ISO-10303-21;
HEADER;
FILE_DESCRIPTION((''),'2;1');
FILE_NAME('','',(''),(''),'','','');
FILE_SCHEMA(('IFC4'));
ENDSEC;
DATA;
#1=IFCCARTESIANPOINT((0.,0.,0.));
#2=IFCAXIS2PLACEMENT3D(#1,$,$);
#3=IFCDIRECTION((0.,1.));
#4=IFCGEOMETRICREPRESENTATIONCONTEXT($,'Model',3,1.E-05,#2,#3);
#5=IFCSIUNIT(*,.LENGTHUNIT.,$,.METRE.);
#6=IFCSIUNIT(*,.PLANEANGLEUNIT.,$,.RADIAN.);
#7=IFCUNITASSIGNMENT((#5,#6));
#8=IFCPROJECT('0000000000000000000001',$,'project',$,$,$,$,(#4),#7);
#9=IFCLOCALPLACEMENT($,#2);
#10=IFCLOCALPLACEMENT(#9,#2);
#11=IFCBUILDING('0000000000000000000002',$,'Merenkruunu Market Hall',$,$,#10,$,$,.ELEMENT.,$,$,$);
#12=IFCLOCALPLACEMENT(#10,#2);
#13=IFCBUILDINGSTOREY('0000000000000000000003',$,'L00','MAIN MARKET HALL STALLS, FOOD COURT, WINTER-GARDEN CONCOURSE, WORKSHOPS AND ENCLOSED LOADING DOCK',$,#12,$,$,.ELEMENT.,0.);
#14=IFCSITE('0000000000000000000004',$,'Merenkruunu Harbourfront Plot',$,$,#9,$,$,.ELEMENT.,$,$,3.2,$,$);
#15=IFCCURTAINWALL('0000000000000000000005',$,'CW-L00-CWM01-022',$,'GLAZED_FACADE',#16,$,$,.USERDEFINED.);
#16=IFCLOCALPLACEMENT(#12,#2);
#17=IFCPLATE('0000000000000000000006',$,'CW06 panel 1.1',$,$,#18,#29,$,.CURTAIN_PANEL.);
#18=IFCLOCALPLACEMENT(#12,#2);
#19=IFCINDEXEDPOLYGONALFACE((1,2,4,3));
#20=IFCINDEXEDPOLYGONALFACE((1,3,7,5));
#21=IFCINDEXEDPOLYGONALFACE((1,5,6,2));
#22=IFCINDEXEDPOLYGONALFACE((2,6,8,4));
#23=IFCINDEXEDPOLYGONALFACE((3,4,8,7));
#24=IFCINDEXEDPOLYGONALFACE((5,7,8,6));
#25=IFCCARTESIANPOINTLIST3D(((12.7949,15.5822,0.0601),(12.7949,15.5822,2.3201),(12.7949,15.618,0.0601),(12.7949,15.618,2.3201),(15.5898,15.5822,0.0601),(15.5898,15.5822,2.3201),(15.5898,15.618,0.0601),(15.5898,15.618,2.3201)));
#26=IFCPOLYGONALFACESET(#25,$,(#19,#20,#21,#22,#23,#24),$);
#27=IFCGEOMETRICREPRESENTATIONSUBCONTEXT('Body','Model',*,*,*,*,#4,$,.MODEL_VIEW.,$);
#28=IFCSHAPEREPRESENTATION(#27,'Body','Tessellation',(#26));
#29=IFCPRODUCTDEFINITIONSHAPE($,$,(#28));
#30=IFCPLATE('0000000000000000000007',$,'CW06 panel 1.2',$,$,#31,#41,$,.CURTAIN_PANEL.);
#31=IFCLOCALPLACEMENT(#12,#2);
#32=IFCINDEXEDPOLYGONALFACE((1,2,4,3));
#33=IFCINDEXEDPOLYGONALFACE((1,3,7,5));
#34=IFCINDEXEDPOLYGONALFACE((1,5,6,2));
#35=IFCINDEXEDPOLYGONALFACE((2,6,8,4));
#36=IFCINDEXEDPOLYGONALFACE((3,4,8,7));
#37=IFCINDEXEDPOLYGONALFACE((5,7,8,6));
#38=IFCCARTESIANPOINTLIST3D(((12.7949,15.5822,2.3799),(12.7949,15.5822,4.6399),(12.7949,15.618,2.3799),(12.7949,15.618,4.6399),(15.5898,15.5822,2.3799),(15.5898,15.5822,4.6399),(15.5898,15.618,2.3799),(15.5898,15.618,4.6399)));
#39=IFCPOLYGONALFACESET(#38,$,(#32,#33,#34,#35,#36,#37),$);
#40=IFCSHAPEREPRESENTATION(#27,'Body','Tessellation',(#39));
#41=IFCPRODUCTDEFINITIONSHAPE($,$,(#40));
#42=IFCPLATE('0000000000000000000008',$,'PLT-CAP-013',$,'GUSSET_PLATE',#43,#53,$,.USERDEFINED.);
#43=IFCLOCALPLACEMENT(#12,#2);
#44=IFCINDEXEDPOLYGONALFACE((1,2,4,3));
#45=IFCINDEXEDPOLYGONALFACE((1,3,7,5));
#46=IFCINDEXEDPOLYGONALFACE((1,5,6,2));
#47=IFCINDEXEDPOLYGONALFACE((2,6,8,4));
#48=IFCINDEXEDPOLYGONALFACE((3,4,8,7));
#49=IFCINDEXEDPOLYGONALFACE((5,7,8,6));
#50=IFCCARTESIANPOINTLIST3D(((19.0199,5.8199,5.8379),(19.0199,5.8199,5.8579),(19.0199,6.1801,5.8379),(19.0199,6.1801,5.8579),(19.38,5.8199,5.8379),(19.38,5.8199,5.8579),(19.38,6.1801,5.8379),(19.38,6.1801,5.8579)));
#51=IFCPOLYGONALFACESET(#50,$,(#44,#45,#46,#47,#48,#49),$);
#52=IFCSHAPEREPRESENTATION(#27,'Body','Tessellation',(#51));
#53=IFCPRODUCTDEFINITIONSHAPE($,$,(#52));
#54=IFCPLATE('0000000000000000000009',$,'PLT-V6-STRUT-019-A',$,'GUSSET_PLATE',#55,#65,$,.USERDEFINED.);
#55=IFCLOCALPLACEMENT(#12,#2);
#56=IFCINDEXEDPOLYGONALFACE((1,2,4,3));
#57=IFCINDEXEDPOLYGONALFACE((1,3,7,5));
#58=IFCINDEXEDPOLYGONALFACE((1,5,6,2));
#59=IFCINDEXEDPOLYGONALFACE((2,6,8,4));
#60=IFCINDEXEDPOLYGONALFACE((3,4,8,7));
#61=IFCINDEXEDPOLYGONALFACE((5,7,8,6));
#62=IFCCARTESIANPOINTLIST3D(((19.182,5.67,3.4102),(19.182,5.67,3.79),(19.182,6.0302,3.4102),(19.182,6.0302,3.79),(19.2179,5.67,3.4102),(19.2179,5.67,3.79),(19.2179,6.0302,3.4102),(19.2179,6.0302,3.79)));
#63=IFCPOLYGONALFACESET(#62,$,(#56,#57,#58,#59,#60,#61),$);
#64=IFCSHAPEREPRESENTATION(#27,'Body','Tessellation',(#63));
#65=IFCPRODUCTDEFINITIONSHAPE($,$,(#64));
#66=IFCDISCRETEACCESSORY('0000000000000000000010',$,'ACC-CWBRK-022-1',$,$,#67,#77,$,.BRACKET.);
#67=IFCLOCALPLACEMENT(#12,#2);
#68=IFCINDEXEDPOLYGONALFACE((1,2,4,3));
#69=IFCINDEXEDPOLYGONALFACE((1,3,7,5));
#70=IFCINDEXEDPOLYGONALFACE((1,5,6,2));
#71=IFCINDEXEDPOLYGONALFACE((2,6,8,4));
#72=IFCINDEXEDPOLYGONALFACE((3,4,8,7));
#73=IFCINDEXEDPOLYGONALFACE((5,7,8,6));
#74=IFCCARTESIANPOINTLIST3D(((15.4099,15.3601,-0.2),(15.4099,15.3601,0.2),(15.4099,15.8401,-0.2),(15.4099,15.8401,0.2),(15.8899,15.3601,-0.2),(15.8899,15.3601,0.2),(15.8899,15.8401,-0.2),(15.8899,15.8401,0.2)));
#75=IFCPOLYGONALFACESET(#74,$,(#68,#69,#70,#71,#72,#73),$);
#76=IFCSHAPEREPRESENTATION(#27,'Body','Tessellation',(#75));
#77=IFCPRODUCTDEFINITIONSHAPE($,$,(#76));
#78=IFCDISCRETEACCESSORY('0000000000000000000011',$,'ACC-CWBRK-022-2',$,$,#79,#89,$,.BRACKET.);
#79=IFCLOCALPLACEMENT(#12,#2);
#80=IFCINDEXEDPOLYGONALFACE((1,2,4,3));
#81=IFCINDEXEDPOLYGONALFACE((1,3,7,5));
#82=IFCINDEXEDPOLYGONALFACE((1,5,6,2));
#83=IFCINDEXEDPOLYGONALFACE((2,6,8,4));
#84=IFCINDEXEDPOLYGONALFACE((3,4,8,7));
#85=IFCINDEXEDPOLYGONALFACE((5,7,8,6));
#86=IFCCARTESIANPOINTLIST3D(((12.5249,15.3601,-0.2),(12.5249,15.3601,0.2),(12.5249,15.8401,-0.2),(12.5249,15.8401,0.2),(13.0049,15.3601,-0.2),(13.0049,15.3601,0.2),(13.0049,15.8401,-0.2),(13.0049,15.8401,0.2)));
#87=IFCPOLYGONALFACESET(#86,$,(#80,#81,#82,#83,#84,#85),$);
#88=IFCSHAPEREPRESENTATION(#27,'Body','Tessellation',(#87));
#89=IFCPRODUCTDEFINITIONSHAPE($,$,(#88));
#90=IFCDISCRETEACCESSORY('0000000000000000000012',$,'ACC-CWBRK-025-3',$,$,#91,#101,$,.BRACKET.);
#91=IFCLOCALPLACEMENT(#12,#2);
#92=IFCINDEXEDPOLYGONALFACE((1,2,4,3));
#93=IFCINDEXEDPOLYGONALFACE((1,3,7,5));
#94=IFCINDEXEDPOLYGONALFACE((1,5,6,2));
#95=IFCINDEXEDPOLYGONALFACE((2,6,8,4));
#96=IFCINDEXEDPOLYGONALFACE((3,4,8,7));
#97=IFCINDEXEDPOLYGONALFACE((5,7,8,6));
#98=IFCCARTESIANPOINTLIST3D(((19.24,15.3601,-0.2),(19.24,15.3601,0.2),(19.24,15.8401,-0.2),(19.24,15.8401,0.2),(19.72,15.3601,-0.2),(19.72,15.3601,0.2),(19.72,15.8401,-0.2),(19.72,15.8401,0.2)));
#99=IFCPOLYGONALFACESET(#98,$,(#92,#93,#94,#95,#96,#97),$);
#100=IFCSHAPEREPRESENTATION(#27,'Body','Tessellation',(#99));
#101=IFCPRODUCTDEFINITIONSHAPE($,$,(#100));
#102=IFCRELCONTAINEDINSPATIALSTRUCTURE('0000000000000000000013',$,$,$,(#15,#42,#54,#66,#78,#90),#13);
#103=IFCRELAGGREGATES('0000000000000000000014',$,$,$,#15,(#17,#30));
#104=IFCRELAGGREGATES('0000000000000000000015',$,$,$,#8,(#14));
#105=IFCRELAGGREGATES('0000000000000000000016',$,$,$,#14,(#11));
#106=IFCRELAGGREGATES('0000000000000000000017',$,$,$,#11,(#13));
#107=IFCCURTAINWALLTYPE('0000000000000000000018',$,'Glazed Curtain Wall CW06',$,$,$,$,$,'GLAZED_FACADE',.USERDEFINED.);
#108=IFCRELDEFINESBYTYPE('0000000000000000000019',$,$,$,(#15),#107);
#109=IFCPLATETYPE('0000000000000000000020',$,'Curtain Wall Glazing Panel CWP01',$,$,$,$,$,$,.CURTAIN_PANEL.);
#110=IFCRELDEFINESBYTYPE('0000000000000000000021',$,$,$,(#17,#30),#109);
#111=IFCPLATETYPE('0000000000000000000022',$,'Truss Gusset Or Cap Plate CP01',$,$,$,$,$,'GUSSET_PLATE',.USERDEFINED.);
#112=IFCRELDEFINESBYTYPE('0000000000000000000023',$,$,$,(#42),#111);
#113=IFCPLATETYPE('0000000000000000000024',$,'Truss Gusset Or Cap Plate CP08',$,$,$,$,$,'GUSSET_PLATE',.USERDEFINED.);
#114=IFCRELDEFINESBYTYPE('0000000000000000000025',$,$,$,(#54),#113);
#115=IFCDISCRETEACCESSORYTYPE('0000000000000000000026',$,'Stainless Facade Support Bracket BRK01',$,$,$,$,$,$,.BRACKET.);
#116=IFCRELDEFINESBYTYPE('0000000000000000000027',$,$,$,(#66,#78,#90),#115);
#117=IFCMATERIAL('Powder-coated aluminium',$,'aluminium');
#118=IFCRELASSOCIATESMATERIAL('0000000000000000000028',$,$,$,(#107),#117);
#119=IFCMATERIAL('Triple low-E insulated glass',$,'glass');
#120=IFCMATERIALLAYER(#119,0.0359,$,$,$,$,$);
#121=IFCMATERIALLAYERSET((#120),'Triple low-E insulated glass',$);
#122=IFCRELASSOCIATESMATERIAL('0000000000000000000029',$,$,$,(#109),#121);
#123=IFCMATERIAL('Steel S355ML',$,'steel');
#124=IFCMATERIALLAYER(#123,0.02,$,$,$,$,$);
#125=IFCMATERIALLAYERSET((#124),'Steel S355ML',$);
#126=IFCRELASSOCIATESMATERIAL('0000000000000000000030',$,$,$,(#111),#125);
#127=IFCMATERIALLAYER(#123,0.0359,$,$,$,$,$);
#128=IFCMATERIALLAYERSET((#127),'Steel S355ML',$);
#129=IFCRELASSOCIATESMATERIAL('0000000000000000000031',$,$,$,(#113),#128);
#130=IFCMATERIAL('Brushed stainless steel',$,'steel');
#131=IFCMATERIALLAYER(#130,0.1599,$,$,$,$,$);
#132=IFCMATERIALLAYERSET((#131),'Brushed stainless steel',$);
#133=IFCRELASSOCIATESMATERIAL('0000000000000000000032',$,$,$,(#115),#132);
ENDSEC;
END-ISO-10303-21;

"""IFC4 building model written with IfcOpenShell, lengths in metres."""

from ifc_helpers import new_model, si_unit, direction, frame, origin, origin_2d, place, context, subcontext, project, spatial, rectangle, extrude, material, layer, layer_set, type_object, element, aggregate, save


model = new_model("IFC4")

# Units and contexts
model_context = context("Model", 3, precision=1e-05, world=origin(), true_north=direction((0.0, 1.0)))
body_context = subcontext(model_context, "Body", "Model", "MODEL_VIEW")
ifc_project = project(units=[si_unit("LENGTHUNIT", "METRE"), si_unit("PLANEANGLEUNIT", "RADIAN")], contexts=[model_context])

# Site, building, storey
site_placement = place(None, origin())
site = spatial("IfcSite", under=ifc_project, at=site_placement, Name="Merenkruunu Harbourfront Plot", CompositionType="ELEMENT", RefElevation=3.2)
building_placement = place(site_placement, origin())
building = spatial("IfcBuilding", under=site, at=building_placement, Name="Merenkruunu Market Hall", CompositionType="ELEMENT")
storey_placement = place(building_placement, origin())
storey = spatial("IfcBuildingStorey", under=building, at=storey_placement, Name="L00", Description="MAIN MARKET HALL STALLS, FOOD COURT, WINTER-GARDEN CONCOURSE, WORKSHOPS AND ENCLOSED LOADING DOCK", CompositionType="ELEMENT", Elevation=0.0)

# Shared definitions
ifc_material_1 = material(Name="Steel S355ML", Category="steel")

# Curtain wall
ifc_material_2 = material(Name="Powder-coated aluminium", Category="aluminium")
curtain_wall_type = type_object("IfcCurtainWallType", Name="Glazed Curtain Wall CW06", ElementType="GLAZED_FACADE", PredefinedType="USERDEFINED", material=ifc_material_2)
curtain_wall_placement = place(storey_placement, origin())
curtain_wall = element("IfcCurtainWall", 1, at=curtain_wall_placement, inside=storey, type_object=curtain_wall_type, Name="CW-L00-CWM01-022", ObjectType="GLAZED_FACADE", PredefinedType="USERDEFINED")

# Plates
ifc_material_3 = material(Name="Triple low-E insulated glass", Category="glass")
ifc_layer_1 = layer(ifc_material_3, 0.0359)
ifc_layer_set_1 = layer_set([ifc_layer_1], Name="Triple low-E insulated glass")
plate_type_1 = type_object("IfcPlateType", Name="Curtain Wall Glazing Panel CWP01", PredefinedType="CURTAIN_PANEL", material=ifc_layer_set_1)
plate_1_placement = place(storey_placement, frame((14.1924, 15.6001, 0.0601), z_axis=(0.0, 0.0, 1.0), x_axis=(-1.0, 0.0, 0.0)))
plate_1 = element("IfcPlate", 2, at=plate_1_placement, type_object=plate_type_1, Name="CW06 panel 1.1", PredefinedType="CURTAIN_PANEL", context=body_context, shape_type="SweptSolid", body=[
    extrude(rectangle(XDim=2.7949, YDim=0.0359, at=origin_2d()), origin(), (0.0, 0.0, 1.0), 2.26),
])
plate_2_placement = place(storey_placement, frame((14.1924, 15.6001, 2.3799), z_axis=(0.0, 0.0, 1.0), x_axis=(-1.0, 0.0, 0.0)))
plate_2 = element("IfcPlate", 3, at=plate_2_placement, type_object=plate_type_1, Name="CW06 panel 1.2", PredefinedType="CURTAIN_PANEL", context=body_context, shape_type="SweptSolid", body=[
    extrude(rectangle(XDim=2.7949, YDim=0.0359, at=origin_2d()), origin(), (0.0, 0.0, 1.0), 2.26),
])
aggregate(curtain_wall, [plate_1, plate_2])

# Plates
ifc_layer_2 = layer(ifc_material_1, 0.02)
ifc_layer_set_2 = layer_set([ifc_layer_2], Name="Steel S355ML")
plate_type_2 = type_object("IfcPlateType", Name="Truss Gusset Or Cap Plate CP01", ElementType="GUSSET_PLATE", PredefinedType="USERDEFINED", material=ifc_layer_set_2)
plate_3_placement = place(storey_placement, frame((19.2, 6.0, 5.8379), z_axis=(0.0, 0.0, 1.0), x_axis=(1.0, 0.0, 0.0)))
element("IfcPlate", 4, at=plate_3_placement, inside=storey, type_object=plate_type_2, Name="PLT-CAP-013", ObjectType="GUSSET_PLATE", PredefinedType="USERDEFINED", context=body_context, shape_type="SweptSolid", body=[
    extrude(rectangle(XDim=0.3601, YDim=0.3601, at=origin_2d()), origin(), (0.0, 0.0, 1.0), 0.02),
])
ifc_layer_3 = layer(ifc_material_1, 0.0359)
ifc_layer_set_3 = layer_set([ifc_layer_3], Name="Steel S355ML")
plate_type_3 = type_object("IfcPlateType", Name="Truss Gusset Or Cap Plate CP08", ElementType="GUSSET_PLATE", PredefinedType="USERDEFINED", material=ifc_layer_set_3)
plate_4_placement = place(storey_placement, frame((19.2, 5.8501, 3.4102), z_axis=(0.0, 0.0, 1.0), x_axis=(1.0, 0.0, 0.0)))
element("IfcPlate", 5, at=plate_4_placement, inside=storey, type_object=plate_type_3, Name="PLT-V6-STRUT-019-A", ObjectType="GUSSET_PLATE", PredefinedType="USERDEFINED", context=body_context, shape_type="SweptSolid", body=[
    extrude(rectangle(XDim=0.0359, YDim=0.3601, at=origin_2d()), origin(), (0.0, 0.0, 1.0), 0.3799),
])

# Discrete accessories
ifc_material_4 = material(Name="Brushed stainless steel", Category="steel")
ifc_layer_4 = layer(ifc_material_4, 0.1599)
ifc_layer_set_4 = layer_set([ifc_layer_4], Name="Brushed stainless steel")
discrete_accessory_type = type_object("IfcDiscreteAccessoryType", Name="Stainless Facade Support Bracket BRK01", PredefinedType="BRACKET", material=ifc_layer_set_4)
for number, where, z_axis, x_axis, name in (
    (6, (15.6499, 15.6001, -0.2), (0.0, 0.0, 1.0), (1.0, 0.0, 0.0), "ACC-CWBRK-022-1"),
    (7, (12.7649, 15.6001, -0.2), (0.0, 0.0, 1.0), (1.0, 0.0, 0.0), "ACC-CWBRK-022-2"),
    (8, (19.48, 15.6001, -0.2), (0.0, 0.0, 1.0), (1.0, 0.0, 0.0), "ACC-CWBRK-025-3"),
):
    element("IfcDiscreteAccessory", number, at=place(storey_placement, frame(where, z_axis=z_axis, x_axis=x_axis)), inside=storey, type_object=discrete_accessory_type, Name=name, PredefinedType="BRACKET", context=body_context, shape_type="SweptSolid", body=[
        extrude(rectangle(XDim=0.48, YDim=0.48, at=origin_2d()), origin(), (0.0, 0.0, 1.0), 0.3999),
    ])

save(model, "model.ifc")
